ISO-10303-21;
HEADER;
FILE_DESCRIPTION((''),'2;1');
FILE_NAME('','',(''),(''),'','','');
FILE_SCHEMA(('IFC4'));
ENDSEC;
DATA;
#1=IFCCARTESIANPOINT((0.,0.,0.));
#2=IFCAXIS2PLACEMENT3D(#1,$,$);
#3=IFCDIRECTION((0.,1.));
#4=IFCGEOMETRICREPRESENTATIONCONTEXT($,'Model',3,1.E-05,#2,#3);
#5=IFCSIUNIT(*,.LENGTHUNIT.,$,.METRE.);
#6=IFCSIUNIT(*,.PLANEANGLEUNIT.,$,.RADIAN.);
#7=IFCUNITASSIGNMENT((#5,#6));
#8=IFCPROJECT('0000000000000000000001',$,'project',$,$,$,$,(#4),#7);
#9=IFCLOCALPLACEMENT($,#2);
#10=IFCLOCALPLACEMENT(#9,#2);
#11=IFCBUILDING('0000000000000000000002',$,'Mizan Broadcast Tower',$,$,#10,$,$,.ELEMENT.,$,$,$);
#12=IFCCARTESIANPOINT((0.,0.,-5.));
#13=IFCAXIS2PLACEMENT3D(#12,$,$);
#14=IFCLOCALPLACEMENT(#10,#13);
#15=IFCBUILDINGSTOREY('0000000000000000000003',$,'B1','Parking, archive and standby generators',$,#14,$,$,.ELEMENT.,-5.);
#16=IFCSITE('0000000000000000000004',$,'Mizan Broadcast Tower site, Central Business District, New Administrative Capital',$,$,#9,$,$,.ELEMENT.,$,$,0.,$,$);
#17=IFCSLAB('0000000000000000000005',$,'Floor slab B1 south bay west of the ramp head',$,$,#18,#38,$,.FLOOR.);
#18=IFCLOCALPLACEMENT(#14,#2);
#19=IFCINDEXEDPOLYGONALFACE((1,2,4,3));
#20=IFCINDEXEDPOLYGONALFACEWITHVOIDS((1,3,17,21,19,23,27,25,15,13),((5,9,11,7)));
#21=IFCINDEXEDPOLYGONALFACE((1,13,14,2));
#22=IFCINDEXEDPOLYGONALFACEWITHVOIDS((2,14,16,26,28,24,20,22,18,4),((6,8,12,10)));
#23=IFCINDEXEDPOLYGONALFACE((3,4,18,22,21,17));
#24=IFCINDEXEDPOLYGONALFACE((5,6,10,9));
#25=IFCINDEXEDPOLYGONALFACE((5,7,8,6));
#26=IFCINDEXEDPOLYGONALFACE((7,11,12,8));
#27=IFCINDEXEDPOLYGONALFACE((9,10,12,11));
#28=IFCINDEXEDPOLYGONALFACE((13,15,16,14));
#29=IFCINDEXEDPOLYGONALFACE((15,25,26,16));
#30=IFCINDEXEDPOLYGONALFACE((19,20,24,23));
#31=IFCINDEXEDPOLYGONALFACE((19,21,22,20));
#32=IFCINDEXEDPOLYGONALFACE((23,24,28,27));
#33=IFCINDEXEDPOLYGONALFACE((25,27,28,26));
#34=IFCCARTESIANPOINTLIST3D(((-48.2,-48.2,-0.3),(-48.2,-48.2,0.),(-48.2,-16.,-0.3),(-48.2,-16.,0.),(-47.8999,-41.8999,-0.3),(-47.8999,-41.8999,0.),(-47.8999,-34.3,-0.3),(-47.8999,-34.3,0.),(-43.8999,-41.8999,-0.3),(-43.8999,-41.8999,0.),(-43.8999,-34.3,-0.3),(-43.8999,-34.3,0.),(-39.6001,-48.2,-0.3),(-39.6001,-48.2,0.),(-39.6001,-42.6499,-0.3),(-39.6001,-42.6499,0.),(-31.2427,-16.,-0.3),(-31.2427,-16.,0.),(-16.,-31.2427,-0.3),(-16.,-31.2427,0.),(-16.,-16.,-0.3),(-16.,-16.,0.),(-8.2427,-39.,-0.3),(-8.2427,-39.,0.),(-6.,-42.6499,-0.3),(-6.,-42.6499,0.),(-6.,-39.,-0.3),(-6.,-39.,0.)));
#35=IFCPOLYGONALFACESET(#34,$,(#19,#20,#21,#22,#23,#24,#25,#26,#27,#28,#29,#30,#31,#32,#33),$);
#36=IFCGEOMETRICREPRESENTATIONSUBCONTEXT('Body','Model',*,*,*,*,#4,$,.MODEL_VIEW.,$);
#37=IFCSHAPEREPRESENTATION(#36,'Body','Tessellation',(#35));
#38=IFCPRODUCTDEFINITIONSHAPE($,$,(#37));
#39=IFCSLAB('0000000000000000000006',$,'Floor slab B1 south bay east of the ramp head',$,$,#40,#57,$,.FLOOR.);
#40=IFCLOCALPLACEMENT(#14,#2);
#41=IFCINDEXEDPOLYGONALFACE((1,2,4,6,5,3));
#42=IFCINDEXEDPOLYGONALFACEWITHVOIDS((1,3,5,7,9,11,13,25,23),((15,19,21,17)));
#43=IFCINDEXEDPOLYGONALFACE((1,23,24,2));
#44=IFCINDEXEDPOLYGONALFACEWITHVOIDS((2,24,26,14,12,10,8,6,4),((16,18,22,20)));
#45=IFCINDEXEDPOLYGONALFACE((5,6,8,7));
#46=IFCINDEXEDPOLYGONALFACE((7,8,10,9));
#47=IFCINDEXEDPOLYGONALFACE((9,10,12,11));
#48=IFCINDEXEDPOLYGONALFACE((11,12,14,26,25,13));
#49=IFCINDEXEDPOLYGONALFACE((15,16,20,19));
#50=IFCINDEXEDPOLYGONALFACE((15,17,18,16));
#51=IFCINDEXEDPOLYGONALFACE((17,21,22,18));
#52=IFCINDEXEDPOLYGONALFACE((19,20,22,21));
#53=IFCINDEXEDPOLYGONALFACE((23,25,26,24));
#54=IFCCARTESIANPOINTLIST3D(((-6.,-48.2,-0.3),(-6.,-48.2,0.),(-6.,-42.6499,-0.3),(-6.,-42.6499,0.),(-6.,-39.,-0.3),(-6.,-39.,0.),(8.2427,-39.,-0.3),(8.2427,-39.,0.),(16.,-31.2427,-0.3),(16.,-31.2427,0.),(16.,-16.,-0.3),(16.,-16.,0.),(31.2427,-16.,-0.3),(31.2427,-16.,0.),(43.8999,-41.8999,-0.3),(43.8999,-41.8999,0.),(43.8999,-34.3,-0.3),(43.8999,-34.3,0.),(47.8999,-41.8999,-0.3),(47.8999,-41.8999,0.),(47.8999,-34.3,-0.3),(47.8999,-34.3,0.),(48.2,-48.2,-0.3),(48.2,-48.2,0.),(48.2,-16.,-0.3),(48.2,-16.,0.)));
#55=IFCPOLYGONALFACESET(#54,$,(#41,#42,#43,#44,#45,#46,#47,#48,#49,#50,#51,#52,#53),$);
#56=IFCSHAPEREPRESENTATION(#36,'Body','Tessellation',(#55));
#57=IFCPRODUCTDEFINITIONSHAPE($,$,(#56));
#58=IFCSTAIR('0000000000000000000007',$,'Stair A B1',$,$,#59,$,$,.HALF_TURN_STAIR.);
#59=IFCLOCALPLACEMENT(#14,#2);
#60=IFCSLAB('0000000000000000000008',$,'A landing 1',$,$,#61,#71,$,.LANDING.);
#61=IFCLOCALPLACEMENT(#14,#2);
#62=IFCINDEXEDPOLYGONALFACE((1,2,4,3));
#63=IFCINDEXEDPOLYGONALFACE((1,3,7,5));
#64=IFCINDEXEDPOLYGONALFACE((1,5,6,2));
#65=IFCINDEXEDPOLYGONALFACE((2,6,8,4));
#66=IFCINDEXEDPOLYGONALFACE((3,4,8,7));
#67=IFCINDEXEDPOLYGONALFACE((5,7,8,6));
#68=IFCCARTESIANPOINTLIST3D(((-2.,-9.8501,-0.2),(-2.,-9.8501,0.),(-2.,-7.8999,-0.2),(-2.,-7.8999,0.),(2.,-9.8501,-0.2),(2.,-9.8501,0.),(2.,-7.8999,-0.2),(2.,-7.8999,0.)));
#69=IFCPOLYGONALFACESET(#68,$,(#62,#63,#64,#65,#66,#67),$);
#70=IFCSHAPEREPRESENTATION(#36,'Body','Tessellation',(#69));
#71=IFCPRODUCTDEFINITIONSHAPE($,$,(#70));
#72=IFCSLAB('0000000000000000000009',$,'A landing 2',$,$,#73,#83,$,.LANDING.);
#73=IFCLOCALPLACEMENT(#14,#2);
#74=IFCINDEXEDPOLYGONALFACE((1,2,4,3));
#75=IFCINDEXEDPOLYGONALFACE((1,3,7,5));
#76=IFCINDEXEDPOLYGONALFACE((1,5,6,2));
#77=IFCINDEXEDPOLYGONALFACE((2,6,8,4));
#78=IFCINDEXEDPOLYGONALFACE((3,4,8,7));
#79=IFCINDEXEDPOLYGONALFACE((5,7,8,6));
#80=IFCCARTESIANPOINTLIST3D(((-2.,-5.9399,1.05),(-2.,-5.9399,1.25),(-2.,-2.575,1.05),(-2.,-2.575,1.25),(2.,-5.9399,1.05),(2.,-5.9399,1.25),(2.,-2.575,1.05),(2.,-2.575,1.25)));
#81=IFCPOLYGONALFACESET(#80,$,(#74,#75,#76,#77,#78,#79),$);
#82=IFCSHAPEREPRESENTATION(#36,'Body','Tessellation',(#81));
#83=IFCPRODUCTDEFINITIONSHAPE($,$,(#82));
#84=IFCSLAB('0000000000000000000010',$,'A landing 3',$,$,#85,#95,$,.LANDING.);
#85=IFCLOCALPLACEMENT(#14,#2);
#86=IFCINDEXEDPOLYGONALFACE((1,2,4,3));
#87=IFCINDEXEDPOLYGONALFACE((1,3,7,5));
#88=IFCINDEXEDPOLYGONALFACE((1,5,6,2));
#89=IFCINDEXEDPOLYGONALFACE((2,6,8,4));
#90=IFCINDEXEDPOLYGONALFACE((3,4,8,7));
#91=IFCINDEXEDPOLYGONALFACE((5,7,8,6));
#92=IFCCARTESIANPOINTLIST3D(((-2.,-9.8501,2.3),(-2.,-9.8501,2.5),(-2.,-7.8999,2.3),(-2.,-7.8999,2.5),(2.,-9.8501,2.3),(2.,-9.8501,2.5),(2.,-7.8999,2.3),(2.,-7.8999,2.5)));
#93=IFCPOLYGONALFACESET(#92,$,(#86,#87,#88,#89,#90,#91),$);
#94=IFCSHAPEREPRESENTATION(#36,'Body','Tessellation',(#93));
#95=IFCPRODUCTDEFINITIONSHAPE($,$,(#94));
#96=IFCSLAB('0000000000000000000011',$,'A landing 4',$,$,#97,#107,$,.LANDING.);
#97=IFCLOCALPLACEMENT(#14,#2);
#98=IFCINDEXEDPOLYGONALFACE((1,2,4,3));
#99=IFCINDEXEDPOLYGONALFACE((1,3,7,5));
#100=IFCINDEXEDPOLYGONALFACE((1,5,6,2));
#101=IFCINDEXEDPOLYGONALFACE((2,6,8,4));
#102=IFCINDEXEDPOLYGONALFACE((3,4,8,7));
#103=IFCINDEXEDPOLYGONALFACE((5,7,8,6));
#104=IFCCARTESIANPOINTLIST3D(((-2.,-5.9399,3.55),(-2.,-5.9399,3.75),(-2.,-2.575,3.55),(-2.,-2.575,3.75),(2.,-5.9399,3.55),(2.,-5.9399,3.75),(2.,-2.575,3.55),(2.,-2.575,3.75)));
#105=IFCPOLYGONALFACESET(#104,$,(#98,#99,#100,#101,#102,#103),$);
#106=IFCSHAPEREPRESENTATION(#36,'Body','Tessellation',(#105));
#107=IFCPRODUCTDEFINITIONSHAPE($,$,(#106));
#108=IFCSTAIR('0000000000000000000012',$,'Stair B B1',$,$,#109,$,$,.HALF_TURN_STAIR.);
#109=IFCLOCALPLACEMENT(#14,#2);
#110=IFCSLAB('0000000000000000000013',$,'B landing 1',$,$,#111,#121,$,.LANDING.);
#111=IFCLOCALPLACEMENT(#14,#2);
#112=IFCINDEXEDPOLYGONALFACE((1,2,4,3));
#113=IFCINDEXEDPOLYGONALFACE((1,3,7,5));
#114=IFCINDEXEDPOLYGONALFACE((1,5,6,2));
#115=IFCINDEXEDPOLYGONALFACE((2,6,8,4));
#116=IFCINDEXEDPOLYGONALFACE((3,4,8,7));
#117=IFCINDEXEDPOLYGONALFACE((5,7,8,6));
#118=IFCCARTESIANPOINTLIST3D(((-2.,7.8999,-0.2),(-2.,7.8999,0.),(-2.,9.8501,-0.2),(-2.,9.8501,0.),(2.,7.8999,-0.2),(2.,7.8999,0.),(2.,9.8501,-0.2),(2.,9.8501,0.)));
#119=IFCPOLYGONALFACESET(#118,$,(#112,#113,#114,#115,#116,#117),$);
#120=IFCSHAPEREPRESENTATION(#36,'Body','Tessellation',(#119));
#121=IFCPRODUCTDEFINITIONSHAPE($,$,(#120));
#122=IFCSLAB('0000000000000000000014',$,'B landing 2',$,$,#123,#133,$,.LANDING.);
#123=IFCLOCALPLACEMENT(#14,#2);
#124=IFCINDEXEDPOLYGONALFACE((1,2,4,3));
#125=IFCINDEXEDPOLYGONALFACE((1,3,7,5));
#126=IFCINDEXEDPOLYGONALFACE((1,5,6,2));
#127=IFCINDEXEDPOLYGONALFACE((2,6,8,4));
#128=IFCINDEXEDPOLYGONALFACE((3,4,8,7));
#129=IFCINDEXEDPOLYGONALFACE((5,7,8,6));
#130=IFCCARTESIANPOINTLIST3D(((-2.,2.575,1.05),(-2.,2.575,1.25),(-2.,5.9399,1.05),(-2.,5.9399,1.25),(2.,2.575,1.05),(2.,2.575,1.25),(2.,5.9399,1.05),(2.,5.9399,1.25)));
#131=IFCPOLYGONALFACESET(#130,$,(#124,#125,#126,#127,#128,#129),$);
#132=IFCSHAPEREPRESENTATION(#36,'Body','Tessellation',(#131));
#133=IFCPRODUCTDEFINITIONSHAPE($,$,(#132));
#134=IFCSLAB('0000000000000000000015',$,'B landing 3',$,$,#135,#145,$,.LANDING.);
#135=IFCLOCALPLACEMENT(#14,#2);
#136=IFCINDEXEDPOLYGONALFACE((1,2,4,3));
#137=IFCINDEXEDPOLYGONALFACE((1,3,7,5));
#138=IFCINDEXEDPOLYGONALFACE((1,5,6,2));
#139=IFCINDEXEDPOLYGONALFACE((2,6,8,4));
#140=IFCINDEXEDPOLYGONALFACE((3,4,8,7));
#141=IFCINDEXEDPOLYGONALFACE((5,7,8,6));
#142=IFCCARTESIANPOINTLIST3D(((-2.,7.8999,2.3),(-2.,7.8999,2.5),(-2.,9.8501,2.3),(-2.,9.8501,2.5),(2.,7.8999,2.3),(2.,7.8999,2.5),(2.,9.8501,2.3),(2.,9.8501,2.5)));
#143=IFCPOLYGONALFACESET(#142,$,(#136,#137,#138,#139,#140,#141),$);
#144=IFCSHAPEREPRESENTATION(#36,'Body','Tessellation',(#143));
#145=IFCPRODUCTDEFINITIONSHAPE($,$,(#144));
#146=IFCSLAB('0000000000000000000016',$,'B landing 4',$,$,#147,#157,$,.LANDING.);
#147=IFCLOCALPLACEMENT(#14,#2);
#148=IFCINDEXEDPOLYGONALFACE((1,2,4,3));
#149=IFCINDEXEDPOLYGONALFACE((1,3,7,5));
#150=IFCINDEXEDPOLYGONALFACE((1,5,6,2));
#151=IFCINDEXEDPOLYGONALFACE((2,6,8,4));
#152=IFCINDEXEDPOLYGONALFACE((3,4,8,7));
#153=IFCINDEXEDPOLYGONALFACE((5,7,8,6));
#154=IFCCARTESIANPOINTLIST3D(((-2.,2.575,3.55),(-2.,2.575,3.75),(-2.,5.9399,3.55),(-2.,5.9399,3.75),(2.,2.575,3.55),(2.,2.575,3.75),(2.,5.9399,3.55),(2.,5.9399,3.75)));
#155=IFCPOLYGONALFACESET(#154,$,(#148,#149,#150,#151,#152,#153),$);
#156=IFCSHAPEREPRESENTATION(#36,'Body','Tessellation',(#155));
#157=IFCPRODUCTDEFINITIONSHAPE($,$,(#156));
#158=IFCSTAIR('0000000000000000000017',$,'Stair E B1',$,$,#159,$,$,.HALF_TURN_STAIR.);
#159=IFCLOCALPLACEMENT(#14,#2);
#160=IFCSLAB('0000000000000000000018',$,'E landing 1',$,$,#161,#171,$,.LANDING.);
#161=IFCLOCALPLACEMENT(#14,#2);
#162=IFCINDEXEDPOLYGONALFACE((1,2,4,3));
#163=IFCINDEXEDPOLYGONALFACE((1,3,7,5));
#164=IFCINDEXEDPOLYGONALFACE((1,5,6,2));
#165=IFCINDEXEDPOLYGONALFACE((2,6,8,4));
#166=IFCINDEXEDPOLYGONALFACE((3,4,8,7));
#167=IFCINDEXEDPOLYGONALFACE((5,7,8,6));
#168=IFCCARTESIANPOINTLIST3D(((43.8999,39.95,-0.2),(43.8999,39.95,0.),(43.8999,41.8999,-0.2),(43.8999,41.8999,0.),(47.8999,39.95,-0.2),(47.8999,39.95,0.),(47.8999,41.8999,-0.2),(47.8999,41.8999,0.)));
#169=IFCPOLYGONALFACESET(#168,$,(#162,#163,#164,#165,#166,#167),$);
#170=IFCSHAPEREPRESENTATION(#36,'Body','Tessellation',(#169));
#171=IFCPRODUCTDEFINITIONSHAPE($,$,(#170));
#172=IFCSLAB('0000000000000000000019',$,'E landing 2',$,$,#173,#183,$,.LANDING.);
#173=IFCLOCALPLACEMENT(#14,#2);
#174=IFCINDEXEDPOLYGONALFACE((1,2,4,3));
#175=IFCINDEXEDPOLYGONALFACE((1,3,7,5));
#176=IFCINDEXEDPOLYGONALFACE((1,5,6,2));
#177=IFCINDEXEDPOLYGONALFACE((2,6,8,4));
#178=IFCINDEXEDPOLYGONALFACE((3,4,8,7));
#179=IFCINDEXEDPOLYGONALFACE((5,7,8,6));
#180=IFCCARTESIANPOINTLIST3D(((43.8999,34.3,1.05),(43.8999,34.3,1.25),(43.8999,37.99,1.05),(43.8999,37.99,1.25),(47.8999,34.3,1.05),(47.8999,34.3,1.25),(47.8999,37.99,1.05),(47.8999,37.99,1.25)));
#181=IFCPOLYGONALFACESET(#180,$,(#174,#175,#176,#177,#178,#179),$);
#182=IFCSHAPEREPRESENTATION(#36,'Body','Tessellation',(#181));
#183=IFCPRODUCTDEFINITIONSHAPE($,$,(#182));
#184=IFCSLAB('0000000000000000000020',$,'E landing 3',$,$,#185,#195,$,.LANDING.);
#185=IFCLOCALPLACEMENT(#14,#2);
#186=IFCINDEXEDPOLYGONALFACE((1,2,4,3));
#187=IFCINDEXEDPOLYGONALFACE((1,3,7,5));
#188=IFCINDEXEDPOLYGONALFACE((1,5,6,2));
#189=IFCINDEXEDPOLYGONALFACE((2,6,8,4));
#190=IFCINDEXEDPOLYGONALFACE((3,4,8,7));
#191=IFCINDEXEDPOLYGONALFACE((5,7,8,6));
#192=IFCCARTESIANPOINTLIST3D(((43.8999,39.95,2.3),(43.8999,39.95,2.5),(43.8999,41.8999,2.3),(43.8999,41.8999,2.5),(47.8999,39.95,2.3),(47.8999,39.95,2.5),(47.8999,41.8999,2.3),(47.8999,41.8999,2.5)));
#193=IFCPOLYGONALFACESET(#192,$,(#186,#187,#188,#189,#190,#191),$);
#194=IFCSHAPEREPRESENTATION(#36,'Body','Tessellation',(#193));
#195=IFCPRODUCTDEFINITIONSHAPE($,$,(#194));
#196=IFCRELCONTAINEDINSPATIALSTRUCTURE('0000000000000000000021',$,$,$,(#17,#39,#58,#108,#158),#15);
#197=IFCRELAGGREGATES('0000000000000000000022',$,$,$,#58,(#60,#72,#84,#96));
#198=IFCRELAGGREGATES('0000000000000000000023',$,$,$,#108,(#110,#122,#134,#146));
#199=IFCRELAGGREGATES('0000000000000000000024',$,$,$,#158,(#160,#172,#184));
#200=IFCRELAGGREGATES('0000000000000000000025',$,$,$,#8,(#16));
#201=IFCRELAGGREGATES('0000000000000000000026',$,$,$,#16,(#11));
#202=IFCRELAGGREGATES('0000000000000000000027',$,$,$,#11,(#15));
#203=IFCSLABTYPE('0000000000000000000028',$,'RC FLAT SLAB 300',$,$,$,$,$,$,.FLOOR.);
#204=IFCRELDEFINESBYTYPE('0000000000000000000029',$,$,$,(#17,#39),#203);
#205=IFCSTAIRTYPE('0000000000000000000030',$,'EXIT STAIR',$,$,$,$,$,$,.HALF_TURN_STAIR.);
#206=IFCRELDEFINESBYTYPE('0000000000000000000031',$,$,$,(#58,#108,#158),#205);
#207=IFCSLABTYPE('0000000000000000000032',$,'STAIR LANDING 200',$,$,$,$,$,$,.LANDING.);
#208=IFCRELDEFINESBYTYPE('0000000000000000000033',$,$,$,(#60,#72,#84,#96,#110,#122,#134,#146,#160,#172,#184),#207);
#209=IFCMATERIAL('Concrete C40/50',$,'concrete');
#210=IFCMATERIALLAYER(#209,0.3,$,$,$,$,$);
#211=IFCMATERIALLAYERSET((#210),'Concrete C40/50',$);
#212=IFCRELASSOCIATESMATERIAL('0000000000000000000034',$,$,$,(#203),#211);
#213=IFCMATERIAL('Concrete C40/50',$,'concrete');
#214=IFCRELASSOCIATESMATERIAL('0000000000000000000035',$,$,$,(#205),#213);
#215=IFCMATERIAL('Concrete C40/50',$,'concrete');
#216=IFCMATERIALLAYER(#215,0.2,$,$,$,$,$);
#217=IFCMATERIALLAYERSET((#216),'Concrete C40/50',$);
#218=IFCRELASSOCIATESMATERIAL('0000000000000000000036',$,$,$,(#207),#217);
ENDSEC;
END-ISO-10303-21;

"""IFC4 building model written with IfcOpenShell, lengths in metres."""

from ifc_helpers import new_model, si_unit, direction, frame, origin, place, context, subcontext, project, spatial, polyline, outline, extrude, material, layer, layer_set, type_object, element, aggregate, save


model = new_model("IFC4")

# Units and contexts
model_context = context("Model", 3, precision=1e-05, world=origin(), true_north=direction((0.0, 1.0)))
body_context = subcontext(model_context, "Body", "Model", "MODEL_VIEW")
ifc_project = project(units=[si_unit("LENGTHUNIT", "METRE"), si_unit("PLANEANGLEUNIT", "RADIAN")], contexts=[model_context])

# Site, building, storey
site_placement = place(None, origin())
site = spatial("IfcSite", under=ifc_project, at=site_placement, Name="Mizan Broadcast Tower site, Central Business District, New Administrative Capital", CompositionType="ELEMENT", RefElevation=0.0)
building_placement = place(site_placement, origin())
building = spatial("IfcBuilding", under=site, at=building_placement, Name="Mizan Broadcast Tower", CompositionType="ELEMENT")
storey_placement = place(building_placement, frame((0.0, 0.0, -5.0)))
storey = spatial("IfcBuildingStorey", under=building, at=storey_placement, Name="B1", Description="Parking, archive and standby generators", CompositionType="ELEMENT", Elevation=-5.0)

# Slabs
ifc_material_1 = material(Name="Concrete C40/50", Category="concrete")
ifc_layer_1 = layer(ifc_material_1, 0.3)
ifc_layer_set_1 = layer_set([ifc_layer_1], Name="Concrete C40/50")
slab_type_1 = type_object("IfcSlabType", Name="RC FLAT SLAB 300", PredefinedType="FLOOR", material=ifc_layer_set_1)
slab_1_placement = place(storey_placement, frame((0.0, 0.0, -0.3)))
element("IfcSlab", 1, at=slab_1_placement, inside=storey, type_object=slab_type_1, Name="Floor slab B1 south bay west of the ramp head", PredefinedType="FLOOR", context=body_context, shape_type="SweptSolid", body=[
    extrude(outline(polyline([(-31.2427, -16.0), (-48.2, -16.0), (-48.2, -48.2), (-39.6001, -48.2), (-39.6001, -42.6499), (-6.0, -42.6499), (-6.0, -39.0), (-8.2427, -39.0), (-16.0, -31.2427), (-16.0, -16.0), (-31.2427, -16.0)]), holes=[polyline([(-43.8999, -41.8999), (-47.8999, -41.8999), (-47.8999, -34.3), (-43.8999, -34.3), (-43.8999, -41.8999)])]), origin(), (0.0, 0.0, 1.0), 0.3),
])
slab_2_placement = place(storey_placement, frame((0.0, 0.0, -0.3)))
element("IfcSlab", 2, at=slab_2_placement, inside=storey, type_object=slab_type_1, Name="Floor slab B1 south bay east of the ramp head", PredefinedType="FLOOR", context=body_context, shape_type="SweptSolid", body=[
    extrude(outline(polyline([(8.2427, -39.0), (-6.0, -39.0), (-6.0, -42.6499), (-6.0, -48.2), (48.2, -48.2), (48.2, -16.0), (31.2427, -16.0), (16.0, -16.0), (16.0, -31.2427), (8.2427, -39.0)]), holes=[polyline([(43.8999, -41.8999), (43.8999, -34.3), (47.8999, -34.3), (47.8999, -41.8999), (43.8999, -41.8999)])]), origin(), (0.0, 0.0, 1.0), 0.3),
])

# Stairs, slabs
ifc_material_2 = material(Name="Concrete C40/50", Category="concrete")
stair_type = type_object("IfcStairType", Name="EXIT STAIR", PredefinedType="HALF_TURN_STAIR", material=ifc_material_2)
stair_1_placement = place(storey_placement, origin())
stair_1 = element("IfcStair", 3, at=stair_1_placement, inside=storey, type_object=stair_type, Name="Stair A B1", PredefinedType="HALF_TURN_STAIR")
ifc_material_3 = material(Name="Concrete C40/50", Category="concrete")
ifc_layer_2 = layer(ifc_material_3, 0.2)
ifc_layer_set_2 = layer_set([ifc_layer_2], Name="Concrete C40/50")
slab_type_2 = type_object("IfcSlabType", Name="STAIR LANDING 200", PredefinedType="LANDING", material=ifc_layer_set_2)
slab_3_placement = place(storey_placement, frame((0.0, 0.0, -0.2)))
slab_3 = element("IfcSlab", 4, at=slab_3_placement, type_object=slab_type_2, Name="A landing 1", PredefinedType="LANDING", context=body_context, shape_type="SweptSolid", body=[
    extrude(outline(polyline([(-2.0, -9.8501), (-2.0, -7.8999), (2.0, -7.8999), (2.0, -9.8501), (-2.0, -9.8501)])), origin(), (0.0, 0.0, 1.0), 0.2),
])
slab_4_placement = place(storey_placement, frame((0.0, 0.0, 1.05)))
slab_4 = element("IfcSlab", 5, at=slab_4_placement, type_object=slab_type_2, Name="A landing 2", PredefinedType="LANDING", context=body_context, shape_type="SweptSolid", body=[
    extrude(outline(polyline([(-2.0, -5.9399), (-2.0, -2.575), (2.0, -2.575), (2.0, -5.9399), (-2.0, -5.9399)])), origin(), (0.0, 0.0, 1.0), 0.2),
])
slab_5_placement = place(storey_placement, frame((0.0, 0.0, 2.3)))
slab_5 = element("IfcSlab", 6, at=slab_5_placement, type_object=slab_type_2, Name="A landing 3", PredefinedType="LANDING", context=body_context, shape_type="SweptSolid", body=[
    extrude(outline(polyline([(-2.0, -9.8501), (-2.0, -7.8999), (2.0, -7.8999), (2.0, -9.8501), (-2.0, -9.8501)])), origin(), (0.0, 0.0, 1.0), 0.2),
])
slab_6_placement = place(storey_placement, frame((0.0, 0.0, 3.55)))
slab_6 = element("IfcSlab", 7, at=slab_6_placement, type_object=slab_type_2, Name="A landing 4", PredefinedType="LANDING", context=body_context, shape_type="SweptSolid", body=[
    extrude(outline(polyline([(-2.0, -5.9399), (-2.0, -2.575), (2.0, -2.575), (2.0, -5.9399), (-2.0, -5.9399)])), origin(), (0.0, 0.0, 1.0), 0.2),
])
aggregate(stair_1, [slab_3, slab_4, slab_5, slab_6])
stair_2_placement = place(storey_placement, origin())
stair_2 = element("IfcStair", 8, at=stair_2_placement, inside=storey, type_object=stair_type, Name="Stair B B1", PredefinedType="HALF_TURN_STAIR")
slab_7_placement = place(storey_placement, frame((0.0, 0.0, -0.2)))
slab_7 = element("IfcSlab", 9, at=slab_7_placement, type_object=slab_type_2, Name="B landing 1", PredefinedType="LANDING", context=body_context, shape_type="SweptSolid", body=[
    extrude(outline(polyline([(2.0, 9.8501), (2.0, 7.8999), (-2.0, 7.8999), (-2.0, 9.8501), (2.0, 9.8501)])), origin(), (0.0, 0.0, 1.0), 0.2),
])
slab_8_placement = place(storey_placement, frame((0.0, 0.0, 1.05)))
slab_8 = element("IfcSlab", 10, at=slab_8_placement, type_object=slab_type_2, Name="B landing 2", PredefinedType="LANDING", context=body_context, shape_type="SweptSolid", body=[
    extrude(outline(polyline([(2.0, 5.9399), (2.0, 2.575), (-2.0, 2.575), (-2.0, 5.9399), (2.0, 5.9399)])), origin(), (0.0, 0.0, 1.0), 0.2),
])
slab_9_placement = place(storey_placement, frame((0.0, 0.0, 2.3)))
slab_9 = element("IfcSlab", 11, at=slab_9_placement, type_object=slab_type_2, Name="B landing 3", PredefinedType="LANDING", context=body_context, shape_type="SweptSolid", body=[
    extrude(outline(polyline([(2.0, 9.8501), (2.0, 7.8999), (-2.0, 7.8999), (-2.0, 9.8501), (2.0, 9.8501)])), origin(), (0.0, 0.0, 1.0), 0.2),
])
slab_10_placement = place(storey_placement, frame((0.0, 0.0, 3.55)))
slab_10 = element("IfcSlab", 12, at=slab_10_placement, type_object=slab_type_2, Name="B landing 4", PredefinedType="LANDING", context=body_context, shape_type="SweptSolid", body=[
    extrude(outline(polyline([(2.0, 5.9399), (2.0, 2.575), (-2.0, 2.575), (-2.0, 5.9399), (2.0, 5.9399)])), origin(), (0.0, 0.0, 1.0), 0.2),
])
aggregate(stair_2, [slab_7, slab_8, slab_9, slab_10])
stair_3_placement = place(storey_placement, origin())
stair_3 = element("IfcStair", 13, at=stair_3_placement, inside=storey, type_object=stair_type, Name="Stair E B1", PredefinedType="HALF_TURN_STAIR")
slab_11_placement = place(storey_placement, frame((0.0, 0.0, -0.2)))
slab_11 = element("IfcSlab", 14, at=slab_11_placement, type_object=slab_type_2, Name="E landing 1", PredefinedType="LANDING", context=body_context, shape_type="SweptSolid", body=[
    extrude(outline(polyline([(43.8999, 41.8999), (43.8999, 39.95), (47.8999, 39.95), (47.8999, 41.8999), (43.8999, 41.8999)])), origin(), (0.0, 0.0, 1.0), 0.2),
])
slab_12_placement = place(storey_placement, frame((0.0, 0.0, 1.05)))
slab_12 = element("IfcSlab", 15, at=slab_12_placement, type_object=slab_type_2, Name="E landing 2", PredefinedType="LANDING", context=body_context, shape_type="SweptSolid", body=[
    extrude(outline(polyline([(43.8999, 37.99), (43.8999, 34.3), (47.8999, 34.3), (47.8999, 37.99), (43.8999, 37.99)])), origin(), (0.0, 0.0, 1.0), 0.2),
])
slab_13_placement = place(storey_placement, frame((0.0, 0.0, 2.3)))
slab_13 = element("IfcSlab", 16, at=slab_13_placement, type_object=slab_type_2, Name="E landing 3", PredefinedType="LANDING", context=body_context, shape_type="SweptSolid", body=[
    extrude(outline(polyline([(43.8999, 41.8999), (43.8999, 39.95), (47.8999, 39.95), (47.8999, 41.8999), (43.8999, 41.8999)])), origin(), (0.0, 0.0, 1.0), 0.2),
])
aggregate(stair_3, [slab_11, slab_12, slab_13])

save(model, "model.ifc")
